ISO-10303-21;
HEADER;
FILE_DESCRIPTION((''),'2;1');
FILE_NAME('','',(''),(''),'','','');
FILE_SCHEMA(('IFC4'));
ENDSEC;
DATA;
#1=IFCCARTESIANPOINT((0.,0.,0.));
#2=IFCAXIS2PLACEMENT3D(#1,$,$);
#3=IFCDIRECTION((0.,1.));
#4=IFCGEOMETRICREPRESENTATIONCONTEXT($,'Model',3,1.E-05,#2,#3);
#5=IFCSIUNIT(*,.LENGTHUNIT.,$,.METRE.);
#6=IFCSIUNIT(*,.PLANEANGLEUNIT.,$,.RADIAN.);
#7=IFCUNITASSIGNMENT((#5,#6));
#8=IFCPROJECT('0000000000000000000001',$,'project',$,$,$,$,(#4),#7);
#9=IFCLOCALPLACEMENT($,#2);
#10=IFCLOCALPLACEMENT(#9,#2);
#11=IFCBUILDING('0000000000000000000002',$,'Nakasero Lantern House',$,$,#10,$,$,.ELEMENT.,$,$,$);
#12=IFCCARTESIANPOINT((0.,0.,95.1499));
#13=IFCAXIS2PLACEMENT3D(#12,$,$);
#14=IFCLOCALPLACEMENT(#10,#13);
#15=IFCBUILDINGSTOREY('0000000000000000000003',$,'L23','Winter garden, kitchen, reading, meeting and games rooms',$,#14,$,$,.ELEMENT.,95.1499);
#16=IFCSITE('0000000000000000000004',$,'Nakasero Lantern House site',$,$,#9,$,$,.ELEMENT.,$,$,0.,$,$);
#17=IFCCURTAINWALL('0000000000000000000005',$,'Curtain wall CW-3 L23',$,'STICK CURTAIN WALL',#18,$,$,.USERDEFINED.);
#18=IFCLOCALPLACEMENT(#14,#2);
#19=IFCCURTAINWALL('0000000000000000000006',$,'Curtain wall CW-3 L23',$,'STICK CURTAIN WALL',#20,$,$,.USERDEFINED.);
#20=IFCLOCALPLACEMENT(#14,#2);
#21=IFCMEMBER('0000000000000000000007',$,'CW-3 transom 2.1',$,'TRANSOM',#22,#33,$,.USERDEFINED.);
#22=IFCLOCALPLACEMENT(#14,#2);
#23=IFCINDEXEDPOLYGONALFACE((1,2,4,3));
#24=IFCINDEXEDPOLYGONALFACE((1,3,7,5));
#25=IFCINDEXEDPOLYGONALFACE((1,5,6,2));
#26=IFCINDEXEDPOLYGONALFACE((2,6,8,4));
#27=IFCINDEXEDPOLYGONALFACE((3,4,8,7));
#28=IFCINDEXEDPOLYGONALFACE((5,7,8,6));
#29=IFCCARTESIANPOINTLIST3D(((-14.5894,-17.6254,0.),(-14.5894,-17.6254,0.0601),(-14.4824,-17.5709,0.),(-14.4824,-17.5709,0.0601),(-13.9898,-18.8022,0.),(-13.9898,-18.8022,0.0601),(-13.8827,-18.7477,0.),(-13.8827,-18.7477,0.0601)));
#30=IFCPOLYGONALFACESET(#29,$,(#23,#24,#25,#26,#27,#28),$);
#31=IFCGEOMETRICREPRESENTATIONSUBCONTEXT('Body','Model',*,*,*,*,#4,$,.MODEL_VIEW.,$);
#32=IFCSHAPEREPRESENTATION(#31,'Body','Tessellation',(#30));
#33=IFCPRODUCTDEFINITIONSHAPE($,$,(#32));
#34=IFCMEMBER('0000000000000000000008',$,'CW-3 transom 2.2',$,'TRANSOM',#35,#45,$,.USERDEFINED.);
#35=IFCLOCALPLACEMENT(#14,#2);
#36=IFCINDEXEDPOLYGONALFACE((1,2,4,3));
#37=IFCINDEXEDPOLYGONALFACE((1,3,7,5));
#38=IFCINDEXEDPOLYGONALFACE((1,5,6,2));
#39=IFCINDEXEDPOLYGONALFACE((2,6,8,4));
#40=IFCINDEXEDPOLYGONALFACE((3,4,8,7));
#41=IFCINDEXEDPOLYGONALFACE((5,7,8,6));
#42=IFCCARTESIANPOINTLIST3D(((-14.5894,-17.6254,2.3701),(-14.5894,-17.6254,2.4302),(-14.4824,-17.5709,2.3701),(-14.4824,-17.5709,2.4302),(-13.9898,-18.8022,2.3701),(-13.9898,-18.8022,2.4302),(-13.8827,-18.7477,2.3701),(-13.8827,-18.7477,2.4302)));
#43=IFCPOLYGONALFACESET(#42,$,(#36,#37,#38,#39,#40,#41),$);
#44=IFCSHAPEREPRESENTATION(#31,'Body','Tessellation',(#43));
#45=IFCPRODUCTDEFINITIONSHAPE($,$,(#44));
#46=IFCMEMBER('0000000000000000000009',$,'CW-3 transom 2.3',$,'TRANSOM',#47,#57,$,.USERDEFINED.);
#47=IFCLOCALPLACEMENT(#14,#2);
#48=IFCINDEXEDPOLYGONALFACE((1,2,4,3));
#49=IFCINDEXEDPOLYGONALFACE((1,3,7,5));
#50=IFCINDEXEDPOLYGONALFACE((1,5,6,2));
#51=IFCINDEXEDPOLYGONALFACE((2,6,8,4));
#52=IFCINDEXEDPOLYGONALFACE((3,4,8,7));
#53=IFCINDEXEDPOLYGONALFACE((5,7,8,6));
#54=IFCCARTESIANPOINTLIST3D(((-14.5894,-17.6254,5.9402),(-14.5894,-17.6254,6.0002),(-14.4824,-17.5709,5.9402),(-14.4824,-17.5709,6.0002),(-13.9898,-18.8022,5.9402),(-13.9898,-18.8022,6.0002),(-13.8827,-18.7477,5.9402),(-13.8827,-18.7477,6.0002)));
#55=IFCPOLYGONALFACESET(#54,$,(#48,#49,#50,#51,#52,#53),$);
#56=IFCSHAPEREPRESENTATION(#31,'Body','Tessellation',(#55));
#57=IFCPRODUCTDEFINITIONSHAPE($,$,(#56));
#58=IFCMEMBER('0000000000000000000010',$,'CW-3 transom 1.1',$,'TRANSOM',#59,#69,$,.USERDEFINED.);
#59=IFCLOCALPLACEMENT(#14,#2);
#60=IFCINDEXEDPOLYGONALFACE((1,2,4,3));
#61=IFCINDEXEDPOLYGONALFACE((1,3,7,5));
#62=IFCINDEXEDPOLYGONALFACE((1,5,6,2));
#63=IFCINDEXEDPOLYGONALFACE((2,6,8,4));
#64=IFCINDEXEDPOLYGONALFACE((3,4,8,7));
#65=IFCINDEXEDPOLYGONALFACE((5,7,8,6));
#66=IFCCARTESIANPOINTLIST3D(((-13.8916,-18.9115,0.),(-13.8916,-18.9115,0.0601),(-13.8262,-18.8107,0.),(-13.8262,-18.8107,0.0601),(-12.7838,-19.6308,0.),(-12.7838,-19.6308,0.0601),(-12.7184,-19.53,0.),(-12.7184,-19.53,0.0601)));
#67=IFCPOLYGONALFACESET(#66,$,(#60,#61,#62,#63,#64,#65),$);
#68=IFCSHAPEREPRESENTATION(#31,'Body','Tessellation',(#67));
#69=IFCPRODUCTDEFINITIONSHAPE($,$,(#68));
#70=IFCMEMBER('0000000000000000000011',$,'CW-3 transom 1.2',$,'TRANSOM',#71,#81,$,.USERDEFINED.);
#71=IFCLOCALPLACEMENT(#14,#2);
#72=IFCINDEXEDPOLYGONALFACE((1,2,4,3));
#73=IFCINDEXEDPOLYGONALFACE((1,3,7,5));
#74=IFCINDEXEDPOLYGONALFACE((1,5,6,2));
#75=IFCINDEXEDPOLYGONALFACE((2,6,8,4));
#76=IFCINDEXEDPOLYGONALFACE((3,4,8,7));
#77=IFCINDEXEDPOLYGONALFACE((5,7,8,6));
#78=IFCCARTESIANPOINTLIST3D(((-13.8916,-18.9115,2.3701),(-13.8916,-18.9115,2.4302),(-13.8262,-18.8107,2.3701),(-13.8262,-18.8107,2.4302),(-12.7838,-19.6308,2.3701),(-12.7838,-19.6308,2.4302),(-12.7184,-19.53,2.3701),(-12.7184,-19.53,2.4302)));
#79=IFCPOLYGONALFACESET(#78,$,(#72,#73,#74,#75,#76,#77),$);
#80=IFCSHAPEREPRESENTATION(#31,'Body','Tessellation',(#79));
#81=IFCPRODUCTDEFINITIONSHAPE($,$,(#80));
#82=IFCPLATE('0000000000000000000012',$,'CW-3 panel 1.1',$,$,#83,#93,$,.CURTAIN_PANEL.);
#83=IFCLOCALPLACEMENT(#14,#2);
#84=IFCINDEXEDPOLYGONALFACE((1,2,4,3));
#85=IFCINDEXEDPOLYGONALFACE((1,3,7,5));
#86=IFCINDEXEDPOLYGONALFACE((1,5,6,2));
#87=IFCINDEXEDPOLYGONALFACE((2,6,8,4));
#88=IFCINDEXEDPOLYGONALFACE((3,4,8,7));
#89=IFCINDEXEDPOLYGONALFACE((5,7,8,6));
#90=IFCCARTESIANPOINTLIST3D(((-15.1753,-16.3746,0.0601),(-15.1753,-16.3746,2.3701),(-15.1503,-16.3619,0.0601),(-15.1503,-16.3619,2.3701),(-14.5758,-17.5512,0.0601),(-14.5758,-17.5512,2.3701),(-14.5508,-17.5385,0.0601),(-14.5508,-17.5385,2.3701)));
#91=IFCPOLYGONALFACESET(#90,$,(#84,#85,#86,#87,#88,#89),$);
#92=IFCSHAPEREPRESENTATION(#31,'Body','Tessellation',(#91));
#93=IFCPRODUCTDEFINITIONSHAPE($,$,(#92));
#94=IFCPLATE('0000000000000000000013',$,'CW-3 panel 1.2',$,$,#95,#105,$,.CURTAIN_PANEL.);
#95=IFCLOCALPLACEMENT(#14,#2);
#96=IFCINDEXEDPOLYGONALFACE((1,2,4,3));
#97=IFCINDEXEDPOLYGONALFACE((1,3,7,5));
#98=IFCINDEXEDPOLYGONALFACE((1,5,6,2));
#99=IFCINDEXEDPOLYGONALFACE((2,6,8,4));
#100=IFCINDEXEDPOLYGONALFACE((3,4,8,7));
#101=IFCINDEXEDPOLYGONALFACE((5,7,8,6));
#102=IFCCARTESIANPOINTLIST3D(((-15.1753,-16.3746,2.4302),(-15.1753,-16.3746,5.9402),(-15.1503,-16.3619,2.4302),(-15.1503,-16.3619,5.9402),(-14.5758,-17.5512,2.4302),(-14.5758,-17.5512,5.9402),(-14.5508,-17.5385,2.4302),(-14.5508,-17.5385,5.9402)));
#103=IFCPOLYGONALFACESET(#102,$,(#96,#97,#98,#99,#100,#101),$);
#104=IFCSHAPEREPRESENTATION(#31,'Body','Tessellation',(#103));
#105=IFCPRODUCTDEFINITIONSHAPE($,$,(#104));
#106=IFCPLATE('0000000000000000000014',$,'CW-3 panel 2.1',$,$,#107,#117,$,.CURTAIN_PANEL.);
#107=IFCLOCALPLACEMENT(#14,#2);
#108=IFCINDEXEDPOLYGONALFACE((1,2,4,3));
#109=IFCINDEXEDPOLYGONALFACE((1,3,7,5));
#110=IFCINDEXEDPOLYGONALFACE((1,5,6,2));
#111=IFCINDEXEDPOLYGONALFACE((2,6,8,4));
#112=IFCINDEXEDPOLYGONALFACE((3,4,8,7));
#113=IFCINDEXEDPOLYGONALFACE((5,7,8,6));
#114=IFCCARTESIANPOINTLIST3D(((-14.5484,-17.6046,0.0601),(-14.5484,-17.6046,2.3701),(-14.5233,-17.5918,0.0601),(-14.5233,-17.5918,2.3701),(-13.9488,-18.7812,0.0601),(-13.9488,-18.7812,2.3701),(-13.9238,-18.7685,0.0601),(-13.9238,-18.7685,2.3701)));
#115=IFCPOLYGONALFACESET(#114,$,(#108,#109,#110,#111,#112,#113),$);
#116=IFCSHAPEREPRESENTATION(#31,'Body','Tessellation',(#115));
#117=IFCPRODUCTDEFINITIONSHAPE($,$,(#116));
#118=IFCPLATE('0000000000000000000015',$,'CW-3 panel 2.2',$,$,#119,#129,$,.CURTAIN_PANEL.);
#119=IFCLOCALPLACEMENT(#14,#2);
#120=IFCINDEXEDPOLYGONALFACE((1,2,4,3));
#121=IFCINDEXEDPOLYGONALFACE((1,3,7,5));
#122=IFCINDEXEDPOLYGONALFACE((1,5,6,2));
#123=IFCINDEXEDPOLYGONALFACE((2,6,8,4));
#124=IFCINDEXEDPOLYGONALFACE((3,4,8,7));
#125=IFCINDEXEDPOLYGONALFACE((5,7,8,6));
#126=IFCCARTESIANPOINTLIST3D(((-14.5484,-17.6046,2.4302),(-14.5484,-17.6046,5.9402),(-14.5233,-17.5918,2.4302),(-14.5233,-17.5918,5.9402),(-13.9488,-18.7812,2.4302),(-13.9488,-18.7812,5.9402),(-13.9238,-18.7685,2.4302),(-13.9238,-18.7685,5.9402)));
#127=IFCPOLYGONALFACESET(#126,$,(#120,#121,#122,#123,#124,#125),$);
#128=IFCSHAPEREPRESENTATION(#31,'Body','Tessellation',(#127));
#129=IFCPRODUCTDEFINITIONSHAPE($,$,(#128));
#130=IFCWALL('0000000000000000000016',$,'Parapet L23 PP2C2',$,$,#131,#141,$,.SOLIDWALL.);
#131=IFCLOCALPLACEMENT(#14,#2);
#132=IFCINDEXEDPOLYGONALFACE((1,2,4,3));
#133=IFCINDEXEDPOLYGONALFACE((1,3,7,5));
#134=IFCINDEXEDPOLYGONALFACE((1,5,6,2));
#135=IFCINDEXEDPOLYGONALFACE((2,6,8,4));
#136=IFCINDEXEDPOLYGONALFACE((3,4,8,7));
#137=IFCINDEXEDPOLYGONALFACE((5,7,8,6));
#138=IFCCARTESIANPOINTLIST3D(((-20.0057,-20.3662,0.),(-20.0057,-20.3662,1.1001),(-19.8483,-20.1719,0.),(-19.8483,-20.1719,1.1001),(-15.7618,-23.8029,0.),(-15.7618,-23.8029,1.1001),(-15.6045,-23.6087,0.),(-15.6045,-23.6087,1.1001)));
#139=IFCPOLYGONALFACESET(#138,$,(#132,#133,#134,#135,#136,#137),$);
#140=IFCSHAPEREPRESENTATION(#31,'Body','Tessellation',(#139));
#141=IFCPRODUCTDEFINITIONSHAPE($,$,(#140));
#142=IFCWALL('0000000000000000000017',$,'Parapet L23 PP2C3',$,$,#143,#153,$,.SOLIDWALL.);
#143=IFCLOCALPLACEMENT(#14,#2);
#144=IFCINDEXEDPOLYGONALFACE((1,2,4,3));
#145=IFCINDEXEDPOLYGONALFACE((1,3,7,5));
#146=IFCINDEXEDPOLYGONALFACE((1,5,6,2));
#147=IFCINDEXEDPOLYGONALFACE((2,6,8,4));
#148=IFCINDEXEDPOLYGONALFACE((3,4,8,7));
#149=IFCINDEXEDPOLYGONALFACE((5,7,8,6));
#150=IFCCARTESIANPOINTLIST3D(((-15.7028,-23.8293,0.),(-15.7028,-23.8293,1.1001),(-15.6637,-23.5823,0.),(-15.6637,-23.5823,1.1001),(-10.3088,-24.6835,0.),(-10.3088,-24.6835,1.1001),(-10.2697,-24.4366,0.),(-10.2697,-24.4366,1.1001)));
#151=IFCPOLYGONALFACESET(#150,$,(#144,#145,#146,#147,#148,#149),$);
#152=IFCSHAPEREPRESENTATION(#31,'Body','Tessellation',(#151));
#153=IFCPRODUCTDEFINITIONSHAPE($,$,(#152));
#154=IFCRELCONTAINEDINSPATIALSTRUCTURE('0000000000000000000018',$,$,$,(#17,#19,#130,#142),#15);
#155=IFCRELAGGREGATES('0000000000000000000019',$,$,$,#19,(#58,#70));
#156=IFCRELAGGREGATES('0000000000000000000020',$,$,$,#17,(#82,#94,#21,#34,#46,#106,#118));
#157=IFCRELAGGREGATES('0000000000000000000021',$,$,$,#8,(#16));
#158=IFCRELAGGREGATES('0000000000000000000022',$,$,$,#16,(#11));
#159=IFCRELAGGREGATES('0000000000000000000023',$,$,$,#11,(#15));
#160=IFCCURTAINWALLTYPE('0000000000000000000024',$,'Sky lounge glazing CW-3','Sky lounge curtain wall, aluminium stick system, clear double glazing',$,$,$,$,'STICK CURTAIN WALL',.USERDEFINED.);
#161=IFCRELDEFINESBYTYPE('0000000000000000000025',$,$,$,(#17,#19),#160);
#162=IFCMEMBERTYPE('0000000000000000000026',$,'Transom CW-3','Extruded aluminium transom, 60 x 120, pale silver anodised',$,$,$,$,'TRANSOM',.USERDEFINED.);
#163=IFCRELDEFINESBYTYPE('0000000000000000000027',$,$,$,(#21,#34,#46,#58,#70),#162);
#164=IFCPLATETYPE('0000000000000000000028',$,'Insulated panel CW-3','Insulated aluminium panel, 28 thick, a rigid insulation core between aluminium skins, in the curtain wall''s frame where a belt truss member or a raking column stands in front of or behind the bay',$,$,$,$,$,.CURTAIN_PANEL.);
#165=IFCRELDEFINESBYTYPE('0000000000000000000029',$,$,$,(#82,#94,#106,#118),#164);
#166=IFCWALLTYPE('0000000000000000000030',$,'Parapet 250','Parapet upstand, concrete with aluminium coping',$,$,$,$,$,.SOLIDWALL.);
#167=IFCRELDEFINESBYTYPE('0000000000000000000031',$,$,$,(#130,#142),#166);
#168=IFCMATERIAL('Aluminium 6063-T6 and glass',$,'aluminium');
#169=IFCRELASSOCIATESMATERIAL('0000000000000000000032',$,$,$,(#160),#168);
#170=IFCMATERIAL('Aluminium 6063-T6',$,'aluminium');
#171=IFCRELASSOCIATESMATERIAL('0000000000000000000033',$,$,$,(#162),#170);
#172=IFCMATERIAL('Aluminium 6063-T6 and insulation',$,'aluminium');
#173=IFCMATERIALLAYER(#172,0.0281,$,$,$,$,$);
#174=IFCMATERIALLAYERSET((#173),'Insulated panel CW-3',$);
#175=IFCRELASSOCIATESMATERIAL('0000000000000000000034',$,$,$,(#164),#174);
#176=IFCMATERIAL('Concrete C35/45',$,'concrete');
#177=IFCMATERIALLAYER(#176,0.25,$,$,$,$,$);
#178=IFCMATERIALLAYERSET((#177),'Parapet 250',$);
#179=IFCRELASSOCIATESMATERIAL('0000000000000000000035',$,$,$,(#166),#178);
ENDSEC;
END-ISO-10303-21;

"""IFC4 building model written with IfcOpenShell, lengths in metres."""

from ifc_helpers import new_model, si_unit, direction, frame, frame_2d, origin, origin_2d, place, context, subcontext, project, spatial, rectangle, extrude, material, layer, layer_set, material_profile, profile_set, type_object, element, aggregate, save


model = new_model("IFC4")

# Units and contexts
model_context = context("Model", 3, precision=1e-05, world=origin(), true_north=direction((0.0, 1.0)))
body_context = subcontext(model_context, "Body", "Model", "MODEL_VIEW")
ifc_project = project(units=[si_unit("LENGTHUNIT", "METRE"), si_unit("PLANEANGLEUNIT", "RADIAN")], contexts=[model_context])

# Site, building, storey
site_placement = place(None, origin())
site = spatial("IfcSite", under=ifc_project, at=site_placement, Name="Nakasero Lantern House site", CompositionType="ELEMENT", RefElevation=0.0)
building_placement = place(site_placement, origin())
building = spatial("IfcBuilding", under=site, at=building_placement, Name="Nakasero Lantern House", CompositionType="ELEMENT")
storey_placement = place(building_placement, frame((0.0, 0.0, 95.1499)))
storey = spatial("IfcBuildingStorey", under=building, at=storey_placement, Name="L23", Description="Winter garden, kitchen, reading, meeting and games rooms", CompositionType="ELEMENT", Elevation=95.1499)

# Curtain wall
ifc_material_1 = material(Name="Aluminium 6063-T6 and glass", Category="aluminium")
curtain_wall_type = type_object("IfcCurtainWallType", Name="Sky lounge glazing CW-3", Description="Sky lounge curtain wall, aluminium stick system, clear double glazing", ElementType="STICK CURTAIN WALL", PredefinedType="USERDEFINED", material=ifc_material_1)
curtain_wall_1_placement = place(storey_placement, origin())
curtain_wall_1 = element("IfcCurtainWall", 1, at=curtain_wall_1_placement, inside=storey, type_object=curtain_wall_type, Name="Curtain wall CW-3 L23", ObjectType="STICK CURTAIN WALL", PredefinedType="USERDEFINED")

# Curtain wall
curtain_wall_2_placement = place(storey_placement, origin())
curtain_wall_2 = element("IfcCurtainWall", 2, at=curtain_wall_2_placement, inside=storey, type_object=curtain_wall_type, Name="Curtain wall CW-3 L23", ObjectType="STICK CURTAIN WALL", PredefinedType="USERDEFINED")

# Members
ifc_material_2 = material(Name="Aluminium 6063-T6", Category="aluminium")
ifc_material_profile_1 = material_profile(ifc_material_2, rectangle(XDim=0.0601, YDim=0.1201, at=origin_2d()), Name="CW-3 transom 60x120")
ifc_profile_set_1 = profile_set([ifc_material_profile_1], Name="Aluminium 6063-T6")
member_type_1 = type_object("IfcMemberType", Name="Transom CW-3", Description="Extruded aluminium transom, 60 x 120, pale silver anodised", ElementType="TRANSOM", PredefinedType="USERDEFINED", material=ifc_profile_set_1)
member_1_placement = place(storey_placement, frame((-14.5359, -17.5981, 0.03), z_axis=(0.454003, -0.891, 0.0), x_axis=(0.0, 0.0, 1.0)))
member_1 = element("IfcMember", 3, at=member_1_placement, type_object=member_type_1, Name="CW-3 transom 2.1", ObjectType="TRANSOM", PredefinedType="USERDEFINED", context=body_context, shape_type="SweptSolid", body=[
    extrude(rectangle(XDim=0.0601, YDim=0.1201, at=origin_2d()), origin(), (0.0, 0.0, 1.0), 1.3208),
])
member_2_placement = place(storey_placement, frame((-14.5359, -17.5981, 2.4001), z_axis=(0.454003, -0.891, 0.0), x_axis=(0.0, 0.0, 1.0)))
member_2 = element("IfcMember", 4, at=member_2_placement, type_object=member_type_1, Name="CW-3 transom 2.2", ObjectType="TRANSOM", PredefinedType="USERDEFINED", context=body_context, shape_type="SweptSolid", body=[
    extrude(rectangle(XDim=0.0601, YDim=0.1201, at=origin_2d()), origin(), (0.0, 0.0, 1.0), 1.3208),
])
member_3_placement = place(storey_placement, frame((-14.5359, -17.5981, 5.9702), z_axis=(0.454003, -0.891, 0.0), x_axis=(0.0, 0.0, 1.0)))
member_3 = element("IfcMember", 5, at=member_3_placement, type_object=member_type_1, Name="CW-3 transom 2.3", ObjectType="TRANSOM", PredefinedType="USERDEFINED", context=body_context, shape_type="SweptSolid", body=[
    extrude(rectangle(XDim=0.0601, YDim=0.1201, at=origin_2d()), origin(), (0.0, 0.0, 1.0), 1.3208),
])
member_4_placement = place(storey_placement, frame((-13.8589, -18.8611, 0.03), z_axis=(0.838701, -0.544592, 0.0), x_axis=(0.0, 0.0, 1.0)))
member_4 = element("IfcMember", 6, at=member_4_placement, type_object=member_type_1, Name="CW-3 transom 1.1", ObjectType="TRANSOM", PredefinedType="USERDEFINED", context=body_context, shape_type="SweptSolid", body=[
    extrude(rectangle(XDim=0.0601, YDim=0.1201, at=origin_2d()), origin(), (0.0, 0.0, 1.0), 1.3208),
])
member_5_placement = place(storey_placement, frame((-13.8589, -18.8611, 2.4001), z_axis=(0.838701, -0.544592, 0.0), x_axis=(0.0, 0.0, 1.0)))
member_5 = element("IfcMember", 7, at=member_5_placement, type_object=member_type_1, Name="CW-3 transom 1.2", ObjectType="TRANSOM", PredefinedType="USERDEFINED", context=body_context, shape_type="SweptSolid", body=[
    extrude(rectangle(XDim=0.0601, YDim=0.1201, at=origin_2d()), origin(), (0.0, 0.0, 1.0), 1.3208),
])
aggregate(curtain_wall_2, [member_4, member_5])

# Plates
ifc_material_3 = material(Name="Aluminium 6063-T6 and insulation", Category="aluminium")
ifc_layer_1 = layer(ifc_material_3, 0.0281)
ifc_layer_set_1 = layer_set([ifc_layer_1], Name="Insulated panel CW-3")
plate_type = type_object("IfcPlateType", Name="Insulated panel CW-3", Description="Insulated aluminium panel, 28 thick, a rigid insulation core between aluminium skins, in the curtain wall's frame where a belt truss member or a raking column stands in front of or behind the bay", PredefinedType="CURTAIN_PANEL", material=ifc_layer_set_1)
plate_1_placement = place(storey_placement, frame((-14.863, -16.9565, 0.0601), z_axis=(0.0, 0.0, 1.0), x_axis=(0.45399, -0.891007, 0.0)))
plate_1 = element("IfcPlate", 8, at=plate_1_placement, type_object=plate_type, Name="CW-3 panel 1.1", PredefinedType="CURTAIN_PANEL", context=body_context, shape_type="SweptSolid", body=[
    extrude(rectangle(XDim=1.3206, YDim=0.0281, at=origin_2d()), origin(), (0.0, 0.0, 1.0), 2.3101),
])
plate_2_placement = place(storey_placement, frame((-14.863, -16.9565, 2.4302), z_axis=(0.0, 0.0, 1.0), x_axis=(0.45399, -0.891007, 0.0)))
plate_2 = element("IfcPlate", 9, at=plate_2_placement, type_object=plate_type, Name="CW-3 panel 1.2", PredefinedType="CURTAIN_PANEL", context=body_context, shape_type="SweptSolid", body=[
    extrude(rectangle(XDim=1.3206, YDim=0.0281, at=origin_2d()), origin(), (0.0, 0.0, 1.0), 3.51),
])
plate_3_placement = place(storey_placement, frame((-14.2361, -18.1865, 0.0601), z_axis=(0.0, 0.0, 1.0), x_axis=(0.45399, -0.891007, 0.0)))
plate_3 = element("IfcPlate", 10, at=plate_3_placement, type_object=plate_type, Name="CW-3 panel 2.1", PredefinedType="CURTAIN_PANEL", context=body_context, shape_type="SweptSolid", body=[
    extrude(rectangle(XDim=1.3206, YDim=0.0281, at=origin_2d()), origin(), (0.0, 0.0, 1.0), 2.3101),
])
plate_4_placement = place(storey_placement, frame((-14.2361, -18.1865, 2.4302), z_axis=(0.0, 0.0, 1.0), x_axis=(0.45399, -0.891007, 0.0)))
plate_4 = element("IfcPlate", 11, at=plate_4_placement, type_object=plate_type, Name="CW-3 panel 2.2", PredefinedType="CURTAIN_PANEL", context=body_context, shape_type="SweptSolid", body=[
    extrude(rectangle(XDim=1.3206, YDim=0.0281, at=origin_2d()), origin(), (0.0, 0.0, 1.0), 3.51),
])
aggregate(curtain_wall_1, [plate_1, plate_2, member_1, member_2, member_3, plate_3, plate_4])

# Walls
ifc_material_4 = material(Name="Concrete C35/45", Category="concrete")
ifc_layer_2 = layer(ifc_material_4, 0.25)
ifc_layer_set_2 = layer_set([ifc_layer_2], Name="Parapet 250")
wall_type = type_object("IfcWallType", Name="Parapet 250", Description="Parapet upstand, concrete with aluminium coping", PredefinedType="SOLIDWALL", material=ifc_layer_set_2)
wall_1_placement = place(storey_placement, frame((-19.927, -20.269, 0.0), z_axis=(0.0, 0.0, 1.0), x_axis=(0.777135, -0.629335, 0.0)))
element("IfcWall", 12, at=wall_1_placement, inside=storey, type_object=wall_type, Name="Parapet L23 PP2C2", PredefinedType="SOLIDWALL", context=body_context, shape_type="SweptSolid", body=[
    extrude(rectangle(XDim=5.4609, YDim=0.25, at=frame_2d((2.7305, 0.0))), origin(), (0.0, 0.0, 1.0), 1.1001),
])
wall_2_placement = place(storey_placement, frame((-15.6831, -23.7058, 0.0), z_axis=(0.0, 0.0, 1.0), x_axis=(0.987691, -0.156419, 0.0)))
element("IfcWall", 13, at=wall_2_placement, inside=storey, type_object=wall_type, Name="Parapet L23 PP2C3", PredefinedType="SOLIDWALL", context=body_context, shape_type="SweptSolid", body=[
    extrude(rectangle(XDim=5.4612, YDim=0.25, at=frame_2d((2.7305, 0.0))), origin(), (0.0, 0.0, 1.0), 1.1001),
])

save(model, "model.ifc")
